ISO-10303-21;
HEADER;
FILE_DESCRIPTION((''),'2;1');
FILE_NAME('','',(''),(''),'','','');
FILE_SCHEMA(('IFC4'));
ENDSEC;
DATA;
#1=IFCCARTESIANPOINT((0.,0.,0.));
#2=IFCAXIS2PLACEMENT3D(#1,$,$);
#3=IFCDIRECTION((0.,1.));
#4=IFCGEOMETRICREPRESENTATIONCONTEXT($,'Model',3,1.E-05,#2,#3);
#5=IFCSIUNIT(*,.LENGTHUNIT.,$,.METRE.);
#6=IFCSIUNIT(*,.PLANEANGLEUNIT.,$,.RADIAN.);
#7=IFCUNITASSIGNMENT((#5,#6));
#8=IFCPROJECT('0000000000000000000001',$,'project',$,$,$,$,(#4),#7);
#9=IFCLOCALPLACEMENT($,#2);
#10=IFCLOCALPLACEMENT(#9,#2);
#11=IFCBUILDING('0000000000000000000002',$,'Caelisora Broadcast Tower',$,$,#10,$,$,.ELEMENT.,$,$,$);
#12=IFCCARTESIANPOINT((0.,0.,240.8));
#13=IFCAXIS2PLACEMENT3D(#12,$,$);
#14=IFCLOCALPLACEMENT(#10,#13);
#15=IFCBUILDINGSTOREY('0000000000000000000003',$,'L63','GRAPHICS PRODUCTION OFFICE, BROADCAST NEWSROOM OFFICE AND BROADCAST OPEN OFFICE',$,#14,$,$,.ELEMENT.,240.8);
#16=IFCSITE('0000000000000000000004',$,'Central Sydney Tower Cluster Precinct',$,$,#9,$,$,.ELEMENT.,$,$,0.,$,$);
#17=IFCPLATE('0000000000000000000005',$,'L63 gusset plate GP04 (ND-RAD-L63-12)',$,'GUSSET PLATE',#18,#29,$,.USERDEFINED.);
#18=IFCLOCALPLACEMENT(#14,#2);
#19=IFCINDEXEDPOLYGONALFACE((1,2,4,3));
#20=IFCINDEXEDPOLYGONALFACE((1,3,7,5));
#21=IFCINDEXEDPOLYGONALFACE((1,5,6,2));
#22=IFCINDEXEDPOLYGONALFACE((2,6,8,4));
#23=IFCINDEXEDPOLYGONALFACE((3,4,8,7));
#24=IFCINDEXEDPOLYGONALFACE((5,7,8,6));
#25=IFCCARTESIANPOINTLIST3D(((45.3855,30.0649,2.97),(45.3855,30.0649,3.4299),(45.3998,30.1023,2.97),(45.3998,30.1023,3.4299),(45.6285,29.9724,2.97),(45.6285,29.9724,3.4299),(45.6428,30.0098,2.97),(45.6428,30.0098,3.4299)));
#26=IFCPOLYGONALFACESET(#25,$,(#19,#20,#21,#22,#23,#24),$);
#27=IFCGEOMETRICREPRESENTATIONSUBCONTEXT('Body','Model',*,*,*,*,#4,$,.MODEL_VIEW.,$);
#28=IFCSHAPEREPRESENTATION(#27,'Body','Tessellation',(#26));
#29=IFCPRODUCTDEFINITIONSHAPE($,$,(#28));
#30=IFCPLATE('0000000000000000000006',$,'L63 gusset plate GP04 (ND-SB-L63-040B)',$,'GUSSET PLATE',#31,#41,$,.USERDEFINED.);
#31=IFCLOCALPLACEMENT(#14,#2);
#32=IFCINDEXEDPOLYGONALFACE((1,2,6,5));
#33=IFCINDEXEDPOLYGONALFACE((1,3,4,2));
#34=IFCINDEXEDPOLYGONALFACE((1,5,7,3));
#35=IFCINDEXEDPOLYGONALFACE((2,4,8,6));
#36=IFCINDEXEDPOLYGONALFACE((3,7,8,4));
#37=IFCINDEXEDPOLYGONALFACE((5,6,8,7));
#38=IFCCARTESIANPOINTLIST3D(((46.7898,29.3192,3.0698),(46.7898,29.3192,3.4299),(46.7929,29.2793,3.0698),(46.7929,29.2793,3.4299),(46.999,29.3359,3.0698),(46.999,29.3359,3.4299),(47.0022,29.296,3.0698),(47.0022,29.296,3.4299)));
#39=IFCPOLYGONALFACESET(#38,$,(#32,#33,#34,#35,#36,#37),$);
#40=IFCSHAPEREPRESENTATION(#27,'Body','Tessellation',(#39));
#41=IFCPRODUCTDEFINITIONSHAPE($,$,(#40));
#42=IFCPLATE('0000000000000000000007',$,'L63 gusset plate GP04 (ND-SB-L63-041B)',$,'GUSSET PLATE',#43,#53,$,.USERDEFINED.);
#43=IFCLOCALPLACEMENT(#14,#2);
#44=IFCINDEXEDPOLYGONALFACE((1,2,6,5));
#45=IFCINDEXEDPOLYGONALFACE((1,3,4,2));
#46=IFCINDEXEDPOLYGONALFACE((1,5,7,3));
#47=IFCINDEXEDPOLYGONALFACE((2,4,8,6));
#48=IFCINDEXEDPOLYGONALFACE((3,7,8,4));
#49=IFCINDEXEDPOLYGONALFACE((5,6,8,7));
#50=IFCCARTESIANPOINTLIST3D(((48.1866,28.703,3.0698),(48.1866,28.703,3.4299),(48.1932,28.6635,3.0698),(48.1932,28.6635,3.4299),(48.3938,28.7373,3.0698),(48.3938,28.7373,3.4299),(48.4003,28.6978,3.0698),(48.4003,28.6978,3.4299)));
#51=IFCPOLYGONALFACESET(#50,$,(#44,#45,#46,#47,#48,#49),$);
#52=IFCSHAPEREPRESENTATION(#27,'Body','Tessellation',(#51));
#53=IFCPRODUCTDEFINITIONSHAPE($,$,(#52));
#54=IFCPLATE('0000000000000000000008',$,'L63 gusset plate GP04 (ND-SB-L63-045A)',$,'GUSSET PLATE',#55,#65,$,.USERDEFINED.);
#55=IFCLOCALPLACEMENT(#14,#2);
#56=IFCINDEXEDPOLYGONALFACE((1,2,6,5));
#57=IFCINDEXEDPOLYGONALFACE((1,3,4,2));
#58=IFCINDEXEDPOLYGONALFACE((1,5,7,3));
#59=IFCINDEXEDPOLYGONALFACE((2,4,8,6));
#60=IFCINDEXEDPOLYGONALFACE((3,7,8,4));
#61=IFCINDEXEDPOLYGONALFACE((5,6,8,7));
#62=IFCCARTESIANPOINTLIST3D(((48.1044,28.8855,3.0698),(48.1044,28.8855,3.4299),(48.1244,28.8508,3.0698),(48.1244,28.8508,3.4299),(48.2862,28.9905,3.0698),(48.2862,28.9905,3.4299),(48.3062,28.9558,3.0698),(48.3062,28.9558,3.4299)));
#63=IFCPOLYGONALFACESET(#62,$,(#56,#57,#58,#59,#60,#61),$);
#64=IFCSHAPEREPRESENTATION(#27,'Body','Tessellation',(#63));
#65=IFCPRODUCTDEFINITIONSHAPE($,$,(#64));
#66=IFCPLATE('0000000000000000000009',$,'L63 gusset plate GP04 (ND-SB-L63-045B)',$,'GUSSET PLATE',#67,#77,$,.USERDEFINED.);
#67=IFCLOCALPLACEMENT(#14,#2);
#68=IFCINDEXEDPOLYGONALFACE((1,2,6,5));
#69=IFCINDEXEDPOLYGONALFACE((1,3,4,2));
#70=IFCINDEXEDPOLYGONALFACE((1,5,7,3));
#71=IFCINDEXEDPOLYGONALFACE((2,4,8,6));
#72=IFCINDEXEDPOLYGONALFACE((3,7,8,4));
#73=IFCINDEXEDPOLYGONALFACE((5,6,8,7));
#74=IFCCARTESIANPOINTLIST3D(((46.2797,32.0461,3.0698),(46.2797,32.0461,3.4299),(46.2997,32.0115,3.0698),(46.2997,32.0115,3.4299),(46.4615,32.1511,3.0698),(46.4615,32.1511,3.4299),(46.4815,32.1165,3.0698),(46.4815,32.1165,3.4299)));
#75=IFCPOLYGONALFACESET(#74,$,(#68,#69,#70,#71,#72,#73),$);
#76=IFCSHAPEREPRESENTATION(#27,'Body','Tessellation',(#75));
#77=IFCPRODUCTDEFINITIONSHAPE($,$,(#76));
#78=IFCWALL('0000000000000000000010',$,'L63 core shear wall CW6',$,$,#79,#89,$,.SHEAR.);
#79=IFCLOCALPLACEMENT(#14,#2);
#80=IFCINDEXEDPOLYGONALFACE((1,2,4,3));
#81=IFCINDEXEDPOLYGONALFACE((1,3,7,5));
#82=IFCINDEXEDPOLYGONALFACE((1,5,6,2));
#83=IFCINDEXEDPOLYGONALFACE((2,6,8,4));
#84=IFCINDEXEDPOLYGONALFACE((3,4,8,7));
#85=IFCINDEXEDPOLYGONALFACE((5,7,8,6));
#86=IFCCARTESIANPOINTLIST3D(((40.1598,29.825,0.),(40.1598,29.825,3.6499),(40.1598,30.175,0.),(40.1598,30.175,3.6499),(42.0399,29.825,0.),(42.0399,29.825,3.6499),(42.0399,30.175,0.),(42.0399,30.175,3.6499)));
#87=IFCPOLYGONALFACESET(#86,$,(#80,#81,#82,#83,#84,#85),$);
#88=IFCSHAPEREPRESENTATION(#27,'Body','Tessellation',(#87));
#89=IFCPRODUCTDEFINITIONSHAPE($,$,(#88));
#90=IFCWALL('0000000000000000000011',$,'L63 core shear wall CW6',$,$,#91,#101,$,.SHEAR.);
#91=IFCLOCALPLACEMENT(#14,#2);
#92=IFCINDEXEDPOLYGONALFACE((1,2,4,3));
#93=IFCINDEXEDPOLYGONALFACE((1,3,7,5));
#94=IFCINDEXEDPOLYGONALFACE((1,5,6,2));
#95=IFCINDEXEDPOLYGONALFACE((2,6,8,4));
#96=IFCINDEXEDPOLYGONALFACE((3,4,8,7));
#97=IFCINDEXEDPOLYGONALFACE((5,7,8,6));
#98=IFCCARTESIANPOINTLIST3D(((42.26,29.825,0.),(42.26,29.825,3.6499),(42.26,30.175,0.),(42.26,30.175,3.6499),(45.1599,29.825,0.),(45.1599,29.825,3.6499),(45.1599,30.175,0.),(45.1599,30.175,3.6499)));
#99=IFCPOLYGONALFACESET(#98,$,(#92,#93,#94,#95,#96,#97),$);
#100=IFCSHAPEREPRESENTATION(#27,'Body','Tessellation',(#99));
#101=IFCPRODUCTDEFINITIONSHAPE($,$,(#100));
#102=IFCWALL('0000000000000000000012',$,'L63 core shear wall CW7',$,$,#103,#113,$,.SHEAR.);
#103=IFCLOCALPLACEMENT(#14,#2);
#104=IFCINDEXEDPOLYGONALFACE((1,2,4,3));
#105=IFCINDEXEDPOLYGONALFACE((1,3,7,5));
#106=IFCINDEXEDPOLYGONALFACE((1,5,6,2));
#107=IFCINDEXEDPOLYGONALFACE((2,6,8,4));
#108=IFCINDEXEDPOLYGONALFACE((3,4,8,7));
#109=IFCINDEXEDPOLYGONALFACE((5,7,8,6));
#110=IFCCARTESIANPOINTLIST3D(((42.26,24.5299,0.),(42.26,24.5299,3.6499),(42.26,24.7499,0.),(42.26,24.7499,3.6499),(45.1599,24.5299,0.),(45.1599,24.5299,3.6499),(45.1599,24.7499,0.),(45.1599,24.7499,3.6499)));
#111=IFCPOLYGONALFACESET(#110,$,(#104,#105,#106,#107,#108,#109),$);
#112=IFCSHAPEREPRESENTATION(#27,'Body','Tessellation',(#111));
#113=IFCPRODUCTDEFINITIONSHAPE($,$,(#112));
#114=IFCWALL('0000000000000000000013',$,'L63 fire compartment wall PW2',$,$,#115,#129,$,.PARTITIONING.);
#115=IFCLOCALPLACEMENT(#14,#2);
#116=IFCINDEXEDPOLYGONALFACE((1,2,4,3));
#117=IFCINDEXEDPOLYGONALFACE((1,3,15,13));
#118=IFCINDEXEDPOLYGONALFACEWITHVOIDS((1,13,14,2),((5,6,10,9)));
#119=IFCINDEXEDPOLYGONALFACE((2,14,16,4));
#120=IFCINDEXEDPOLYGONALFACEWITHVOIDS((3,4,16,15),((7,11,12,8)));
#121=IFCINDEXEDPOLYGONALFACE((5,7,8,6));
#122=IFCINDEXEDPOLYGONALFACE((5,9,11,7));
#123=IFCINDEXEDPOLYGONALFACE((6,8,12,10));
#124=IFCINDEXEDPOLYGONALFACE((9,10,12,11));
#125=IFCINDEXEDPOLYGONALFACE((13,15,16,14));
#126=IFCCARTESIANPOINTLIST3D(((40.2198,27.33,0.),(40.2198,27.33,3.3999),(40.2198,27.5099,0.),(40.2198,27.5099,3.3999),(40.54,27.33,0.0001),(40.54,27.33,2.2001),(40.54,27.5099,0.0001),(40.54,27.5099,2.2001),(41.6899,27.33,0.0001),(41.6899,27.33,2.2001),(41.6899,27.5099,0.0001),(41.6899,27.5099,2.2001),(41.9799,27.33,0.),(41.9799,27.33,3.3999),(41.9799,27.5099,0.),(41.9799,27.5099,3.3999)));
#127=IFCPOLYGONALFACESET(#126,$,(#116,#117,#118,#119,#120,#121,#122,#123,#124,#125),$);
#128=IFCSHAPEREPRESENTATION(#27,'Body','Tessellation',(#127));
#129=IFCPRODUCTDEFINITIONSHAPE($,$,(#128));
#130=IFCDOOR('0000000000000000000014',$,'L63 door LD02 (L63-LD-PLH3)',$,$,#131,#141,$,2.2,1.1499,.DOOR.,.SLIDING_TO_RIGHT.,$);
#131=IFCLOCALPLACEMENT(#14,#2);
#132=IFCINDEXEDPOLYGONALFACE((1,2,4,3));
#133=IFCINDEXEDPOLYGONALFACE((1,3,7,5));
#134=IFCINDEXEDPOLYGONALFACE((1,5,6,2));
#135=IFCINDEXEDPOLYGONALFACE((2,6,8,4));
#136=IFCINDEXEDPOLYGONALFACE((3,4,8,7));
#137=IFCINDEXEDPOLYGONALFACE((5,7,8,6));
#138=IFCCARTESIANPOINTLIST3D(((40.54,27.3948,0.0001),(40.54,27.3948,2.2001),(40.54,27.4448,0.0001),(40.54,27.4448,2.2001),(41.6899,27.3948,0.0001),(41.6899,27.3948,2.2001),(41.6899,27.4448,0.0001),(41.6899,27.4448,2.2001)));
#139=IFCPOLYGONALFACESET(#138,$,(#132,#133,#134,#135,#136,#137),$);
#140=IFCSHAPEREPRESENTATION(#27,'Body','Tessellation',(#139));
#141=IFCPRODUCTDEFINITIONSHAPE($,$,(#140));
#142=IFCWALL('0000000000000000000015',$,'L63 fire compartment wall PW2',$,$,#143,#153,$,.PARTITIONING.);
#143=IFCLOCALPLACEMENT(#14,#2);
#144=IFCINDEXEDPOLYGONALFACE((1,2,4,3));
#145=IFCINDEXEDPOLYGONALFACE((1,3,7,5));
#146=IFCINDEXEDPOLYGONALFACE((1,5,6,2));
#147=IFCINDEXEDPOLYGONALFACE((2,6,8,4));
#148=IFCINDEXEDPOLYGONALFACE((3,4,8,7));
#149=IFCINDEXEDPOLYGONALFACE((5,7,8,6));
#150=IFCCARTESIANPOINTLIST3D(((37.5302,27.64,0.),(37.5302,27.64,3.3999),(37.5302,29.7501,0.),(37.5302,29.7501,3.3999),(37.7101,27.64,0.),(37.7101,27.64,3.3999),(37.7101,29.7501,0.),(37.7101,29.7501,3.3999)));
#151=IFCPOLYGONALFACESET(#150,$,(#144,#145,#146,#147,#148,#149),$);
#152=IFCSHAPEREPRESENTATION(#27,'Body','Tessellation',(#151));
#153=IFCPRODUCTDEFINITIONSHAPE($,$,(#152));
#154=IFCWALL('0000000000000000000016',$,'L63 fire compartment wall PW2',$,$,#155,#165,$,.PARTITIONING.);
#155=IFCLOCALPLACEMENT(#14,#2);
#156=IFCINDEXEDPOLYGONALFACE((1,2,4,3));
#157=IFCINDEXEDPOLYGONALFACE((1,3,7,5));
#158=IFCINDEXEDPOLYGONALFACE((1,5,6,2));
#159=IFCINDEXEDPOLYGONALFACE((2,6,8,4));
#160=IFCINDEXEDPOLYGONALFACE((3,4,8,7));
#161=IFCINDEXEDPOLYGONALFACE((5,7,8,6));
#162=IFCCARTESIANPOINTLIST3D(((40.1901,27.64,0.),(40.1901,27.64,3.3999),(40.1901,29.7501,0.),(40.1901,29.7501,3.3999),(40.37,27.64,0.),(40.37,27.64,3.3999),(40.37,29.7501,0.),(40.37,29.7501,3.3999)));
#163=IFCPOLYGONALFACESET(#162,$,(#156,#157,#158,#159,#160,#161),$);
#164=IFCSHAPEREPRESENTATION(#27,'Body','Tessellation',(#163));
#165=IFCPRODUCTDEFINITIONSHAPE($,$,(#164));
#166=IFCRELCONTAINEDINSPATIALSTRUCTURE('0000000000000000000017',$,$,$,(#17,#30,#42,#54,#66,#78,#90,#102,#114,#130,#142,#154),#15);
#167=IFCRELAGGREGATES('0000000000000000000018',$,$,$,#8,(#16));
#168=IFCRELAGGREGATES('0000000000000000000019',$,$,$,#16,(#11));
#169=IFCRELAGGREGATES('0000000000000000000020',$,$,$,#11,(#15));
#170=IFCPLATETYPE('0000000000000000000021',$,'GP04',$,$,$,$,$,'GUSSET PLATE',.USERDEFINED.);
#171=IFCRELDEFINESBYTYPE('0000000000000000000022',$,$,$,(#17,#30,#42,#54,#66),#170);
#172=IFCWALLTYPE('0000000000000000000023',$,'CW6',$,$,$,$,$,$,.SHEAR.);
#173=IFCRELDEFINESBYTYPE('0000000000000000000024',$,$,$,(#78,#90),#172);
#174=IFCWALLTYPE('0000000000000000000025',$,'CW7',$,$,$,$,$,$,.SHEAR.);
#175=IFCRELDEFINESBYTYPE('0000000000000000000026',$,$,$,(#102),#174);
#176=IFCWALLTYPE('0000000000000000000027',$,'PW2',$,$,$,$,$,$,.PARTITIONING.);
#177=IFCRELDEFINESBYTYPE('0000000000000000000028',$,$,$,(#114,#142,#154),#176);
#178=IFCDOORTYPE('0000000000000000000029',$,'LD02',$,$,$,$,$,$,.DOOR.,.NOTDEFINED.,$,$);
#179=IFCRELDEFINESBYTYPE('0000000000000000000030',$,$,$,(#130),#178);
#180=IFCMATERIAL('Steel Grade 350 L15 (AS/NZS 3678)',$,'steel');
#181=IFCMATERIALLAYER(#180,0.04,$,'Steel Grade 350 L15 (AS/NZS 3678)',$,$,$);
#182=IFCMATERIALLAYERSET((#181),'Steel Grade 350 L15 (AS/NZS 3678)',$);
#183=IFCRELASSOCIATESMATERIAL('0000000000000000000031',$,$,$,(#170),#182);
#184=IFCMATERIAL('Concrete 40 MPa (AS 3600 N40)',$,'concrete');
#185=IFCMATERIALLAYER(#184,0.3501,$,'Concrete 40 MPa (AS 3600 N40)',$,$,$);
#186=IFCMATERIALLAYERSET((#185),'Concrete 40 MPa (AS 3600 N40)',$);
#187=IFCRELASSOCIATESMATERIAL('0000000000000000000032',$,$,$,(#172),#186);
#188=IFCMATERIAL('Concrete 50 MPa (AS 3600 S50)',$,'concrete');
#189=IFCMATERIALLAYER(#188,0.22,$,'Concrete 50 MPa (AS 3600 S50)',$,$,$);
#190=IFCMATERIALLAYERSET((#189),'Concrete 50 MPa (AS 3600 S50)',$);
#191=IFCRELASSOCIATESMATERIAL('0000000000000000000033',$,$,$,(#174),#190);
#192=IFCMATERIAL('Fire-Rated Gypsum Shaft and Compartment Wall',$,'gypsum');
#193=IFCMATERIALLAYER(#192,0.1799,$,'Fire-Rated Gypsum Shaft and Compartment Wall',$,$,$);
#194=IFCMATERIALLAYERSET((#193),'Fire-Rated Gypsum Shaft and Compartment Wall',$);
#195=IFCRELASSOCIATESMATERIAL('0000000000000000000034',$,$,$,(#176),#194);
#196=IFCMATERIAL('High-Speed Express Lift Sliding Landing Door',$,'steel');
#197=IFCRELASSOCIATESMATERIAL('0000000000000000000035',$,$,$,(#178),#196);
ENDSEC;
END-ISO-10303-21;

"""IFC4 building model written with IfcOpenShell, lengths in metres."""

from ifc_helpers import new_model, si_unit, direction, frame, frame_2d, origin, origin_2d, place, context, subcontext, project, spatial, rectangle, extrude, source, transform, mapped, material, layer, layer_set, type_object, type_shapes, element, fill, save


model = new_model("IFC4")

# Units and contexts
model_context = context("Model", 3, precision=1e-05, world=origin(), true_north=direction((0.0, 1.0)))
body_context = subcontext(model_context, "Body", "Model", "MODEL_VIEW")
ifc_project = project(units=[si_unit("LENGTHUNIT", "METRE"), si_unit("PLANEANGLEUNIT", "RADIAN")], contexts=[model_context])

# Site, building, storey
site_placement = place(None, origin())
site = spatial("IfcSite", under=ifc_project, at=site_placement, Name="Central Sydney Tower Cluster Precinct", CompositionType="ELEMENT", RefElevation=0.0)
building_placement = place(site_placement, origin())
building = spatial("IfcBuilding", under=site, at=building_placement, Name="Caelisora Broadcast Tower", CompositionType="ELEMENT")
storey_placement = place(building_placement, frame((0.0, 0.0, 240.8)))
storey = spatial("IfcBuildingStorey", under=building, at=storey_placement, Name="L63", Description="GRAPHICS PRODUCTION OFFICE, BROADCAST NEWSROOM OFFICE AND BROADCAST OPEN OFFICE", CompositionType="ELEMENT", Elevation=240.8)

# Shared definitions
ifc_material_1 = material(Name="Concrete 50 MPa (AS 3600 S50)", Category="concrete")

# Plates
ifc_material_2 = material(Name="Steel Grade 350 L15 (AS/NZS 3678)", Category="steel")
ifc_layer_1 = layer(ifc_material_2, 0.04, Name="Steel Grade 350 L15 (AS/NZS 3678)")
ifc_layer_set_1 = layer_set([ifc_layer_1], Name="Steel Grade 350 L15 (AS/NZS 3678)")
plate_type = type_object("IfcPlateType", Name="GP04", ElementType="GUSSET PLATE", PredefinedType="USERDEFINED", material=ifc_layer_set_1)
shared_shape_1 = source(origin(), body_context, "Body", "SweptSolid", [
    extrude(rectangle(XDim=0.26, YDim=0.04, at=origin_2d()), origin(), (0.0, 0.0, 1.0), 0.46),
])
for number, where, z_axis, x_axis, name in (
    (1, (45.5142, 30.0374, 2.97), (0.0, 0.0, 1.0), (-0.934515, 0.355923, 0.0), "L63 gusset plate GP04 (ND-RAD-L63-12)"),
):
    element("IfcPlate", number, at=place(storey_placement, frame(where, z_axis=z_axis, x_axis=x_axis)), inside=storey, type_object=plate_type, Name=name, ObjectType="GUSSET PLATE", PredefinedType="USERDEFINED", context=body_context, shape_type="MappedRepresentation", body=[
        mapped(shared_shape_1, transform((0.0, 0.0, 0.0), scale=1.0)),
    ])
shared_shape_2 = source(origin(), body_context, "Body", "SweptSolid", [
    extrude(rectangle(XDim=0.21, YDim=0.04, at=origin_2d()), origin(), (0.0, 0.0, 1.0), 0.3601),
])
type_shapes(plate_type, [shared_shape_1, shared_shape_2])
for number, where, z_axis, x_axis, name in (
    (2, (46.896, 29.3076, 3.0698), (0.0, 0.0, 1.0), (-0.996821, -0.079677, 0.0), "L63 gusset plate GP04 (ND-SB-L63-040B)"),
    (3, (48.2935, 28.7004, 3.0698), (0.0, 0.0, 1.0), (-0.986572, -0.163326, 0.0), "L63 gusset plate GP04 (ND-SB-L63-041B)"),
    (4, (48.2053, 28.9207, 3.0698), (0.0, 0.0, 1.0), (-0.866025, -0.5, 0.0), "L63 gusset plate GP04 (ND-SB-L63-045A)"),
    (5, (46.3806, 32.0813, 3.0698), (0.0, 0.0, 1.0), (-0.866025, -0.5, 0.0), "L63 gusset plate GP04 (ND-SB-L63-045B)"),
):
    element("IfcPlate", number, at=place(storey_placement, frame(where, z_axis=z_axis, x_axis=x_axis)), inside=storey, type_object=plate_type, Name=name, ObjectType="GUSSET PLATE", PredefinedType="USERDEFINED", context=body_context, shape_type="MappedRepresentation", body=[
        mapped(shared_shape_2, transform((0.0, 0.0, 0.0), scale=1.0)),
    ])

# Walls
ifc_material_3 = material(Name="Concrete 40 MPa (AS 3600 N40)", Category="concrete")
ifc_layer_2 = layer(ifc_material_3, 0.3501, Name="Concrete 40 MPa (AS 3600 N40)")
ifc_layer_set_2 = layer_set([ifc_layer_2], Name="Concrete 40 MPa (AS 3600 N40)")
wall_type_1 = type_object("IfcWallType", Name="CW6", PredefinedType="SHEAR", material=ifc_layer_set_2)
wall_1_placement = place(storey_placement, frame((40.1599, 30.0, 0.0), z_axis=(0.0, 0.0, 1.0), x_axis=(1.0, 0.0, 0.0)))
element("IfcWall", 6, at=wall_1_placement, inside=storey, type_object=wall_type_1, Name="L63 core shear wall CW6", PredefinedType="SHEAR", context=body_context, shape_type="SweptSolid", body=[
    extrude(rectangle(XDim=1.8801, YDim=0.3501, at=frame_2d((0.9399, 0.0))), origin(), (0.0, 0.0, 1.0), 3.6499),
])
wall_2_placement = place(storey_placement, frame((42.26, 30.0, 0.0), z_axis=(0.0, 0.0, 1.0), x_axis=(1.0, 0.0, 0.0)))
element("IfcWall", 7, at=wall_2_placement, inside=storey, type_object=wall_type_1, Name="L63 core shear wall CW6", PredefinedType="SHEAR", context=body_context, shape_type="SweptSolid", body=[
    extrude(rectangle(XDim=2.8999, YDim=0.3501, at=frame_2d((1.45, 0.0))), origin(), (0.0, 0.0, 1.0), 3.6499),
])
ifc_layer_3 = layer(ifc_material_1, 0.22, Name="Concrete 50 MPa (AS 3600 S50)")
ifc_layer_set_3 = layer_set([ifc_layer_3], Name="Concrete 50 MPa (AS 3600 S50)")
wall_type_2 = type_object("IfcWallType", Name="CW7", PredefinedType="SHEAR", material=ifc_layer_set_3)
wall_3_placement = place(storey_placement, frame((42.26, 24.6399, 0.0), z_axis=(0.0, 0.0, 1.0), x_axis=(1.0, 0.0, 0.0)))
element("IfcWall", 8, at=wall_3_placement, inside=storey, type_object=wall_type_2, Name="L63 core shear wall CW7", PredefinedType="SHEAR", context=body_context, shape_type="SweptSolid", body=[
    extrude(rectangle(XDim=2.8999, YDim=0.22, at=frame_2d((1.45, 0.0))), origin(), (0.0, 0.0, 1.0), 3.6499),
])

# Wall, opening, door
ifc_material_4 = material(Name="Fire-Rated Gypsum Shaft and Compartment Wall", Category="gypsum")
ifc_layer_4 = layer(ifc_material_4, 0.1799, Name="Fire-Rated Gypsum Shaft and Compartment Wall")
ifc_layer_set_4 = layer_set([ifc_layer_4], Name="Fire-Rated Gypsum Shaft and Compartment Wall")
wall_type_3 = type_object("IfcWallType", Name="PW2", PredefinedType="PARTITIONING", material=ifc_layer_set_4)
wall_4_placement = place(storey_placement, frame((40.22, 27.4199, 0.0), z_axis=(0.0, 0.0, 1.0), x_axis=(1.0, 0.0, 0.0)))
wall_4 = element("IfcWall", 9, at=wall_4_placement, inside=storey, type_object=wall_type_3, Name="L63 fire compartment wall PW2", PredefinedType="PARTITIONING", context=body_context, shape_type="SweptSolid", body=[
    extrude(rectangle(XDim=1.76, YDim=0.1799, at=frame_2d((0.8799, 0.0))), origin(), (0.0, 0.0, 1.0), 3.3999),
])
opening_1_placement = place(wall_4_placement, frame((0.3201, 0.0, 0.0)))
opening_1 = element("IfcOpeningElement", 10, at=opening_1_placement, cuts=wall_4, PredefinedType="OPENING", context=body_context, shape_type="SweptSolid", body=[
    extrude(rectangle(XDim=1.1499, YDim=2.2, at=frame_2d((0.575, 1.1001))), frame((0.0, 0.1021, 0.0), z_axis=(0.0, -1.0, 0.0), x_axis=(1.0, 0.0, 0.0)), (0.0, 0.0, 1.0), 0.2039),
])
ifc_material_5 = material(Name="High-Speed Express Lift Sliding Landing Door", Category="steel")
door_type_1 = type_object("IfcDoorType", Name="LD02", OperationType="NOTDEFINED", PredefinedType="DOOR", material=ifc_material_5)
door_1_placement = place(opening_1_placement, origin())
door_1 = element("IfcDoor", 11, at=door_1_placement, inside=storey, type_object=door_type_1, Name="L63 door LD02 (L63-LD-PLH3)", OperationType="SLIDING_TO_RIGHT", OverallHeight=2.2, OverallWidth=1.1499, PredefinedType="DOOR", context=body_context, shape_type="SweptSolid", body=[
    extrude(rectangle(XDim=1.1499, YDim=2.2, at=frame_2d((0.575, 1.1001))), frame((0.0, 0.0249, 0.0), z_axis=(0.0, -1.0, 0.0), x_axis=(1.0, 0.0, 0.0)), (0.0, 0.0, 1.0), 0.05),
])
fill(opening_1, door_1)

# Walls
for number, where, z_axis, x_axis, name in (
    (12, (37.6201, 27.6399, 0.0), (0.0, 0.0, 1.0), (0.0, 1.0, 0.0), "L63 fire compartment wall PW2"),
    (13, (40.28, 27.6399, 0.0), (0.0, 0.0, 1.0), (0.0, 1.0, 0.0), "L63 fire compartment wall PW2"),
):
    element("IfcWall", number, at=place(storey_placement, frame(where, z_axis=z_axis, x_axis=x_axis)), inside=storey, type_object=wall_type_3, Name=name, PredefinedType="PARTITIONING", context=body_context, shape_type="SweptSolid", body=[
        extrude(rectangle(XDim=2.1101, YDim=0.1799, at=frame_2d((1.0552, 0.0))), origin(), (0.0, 0.0, 1.0), 3.3999),
    ])

save(model, "model.ifc")
